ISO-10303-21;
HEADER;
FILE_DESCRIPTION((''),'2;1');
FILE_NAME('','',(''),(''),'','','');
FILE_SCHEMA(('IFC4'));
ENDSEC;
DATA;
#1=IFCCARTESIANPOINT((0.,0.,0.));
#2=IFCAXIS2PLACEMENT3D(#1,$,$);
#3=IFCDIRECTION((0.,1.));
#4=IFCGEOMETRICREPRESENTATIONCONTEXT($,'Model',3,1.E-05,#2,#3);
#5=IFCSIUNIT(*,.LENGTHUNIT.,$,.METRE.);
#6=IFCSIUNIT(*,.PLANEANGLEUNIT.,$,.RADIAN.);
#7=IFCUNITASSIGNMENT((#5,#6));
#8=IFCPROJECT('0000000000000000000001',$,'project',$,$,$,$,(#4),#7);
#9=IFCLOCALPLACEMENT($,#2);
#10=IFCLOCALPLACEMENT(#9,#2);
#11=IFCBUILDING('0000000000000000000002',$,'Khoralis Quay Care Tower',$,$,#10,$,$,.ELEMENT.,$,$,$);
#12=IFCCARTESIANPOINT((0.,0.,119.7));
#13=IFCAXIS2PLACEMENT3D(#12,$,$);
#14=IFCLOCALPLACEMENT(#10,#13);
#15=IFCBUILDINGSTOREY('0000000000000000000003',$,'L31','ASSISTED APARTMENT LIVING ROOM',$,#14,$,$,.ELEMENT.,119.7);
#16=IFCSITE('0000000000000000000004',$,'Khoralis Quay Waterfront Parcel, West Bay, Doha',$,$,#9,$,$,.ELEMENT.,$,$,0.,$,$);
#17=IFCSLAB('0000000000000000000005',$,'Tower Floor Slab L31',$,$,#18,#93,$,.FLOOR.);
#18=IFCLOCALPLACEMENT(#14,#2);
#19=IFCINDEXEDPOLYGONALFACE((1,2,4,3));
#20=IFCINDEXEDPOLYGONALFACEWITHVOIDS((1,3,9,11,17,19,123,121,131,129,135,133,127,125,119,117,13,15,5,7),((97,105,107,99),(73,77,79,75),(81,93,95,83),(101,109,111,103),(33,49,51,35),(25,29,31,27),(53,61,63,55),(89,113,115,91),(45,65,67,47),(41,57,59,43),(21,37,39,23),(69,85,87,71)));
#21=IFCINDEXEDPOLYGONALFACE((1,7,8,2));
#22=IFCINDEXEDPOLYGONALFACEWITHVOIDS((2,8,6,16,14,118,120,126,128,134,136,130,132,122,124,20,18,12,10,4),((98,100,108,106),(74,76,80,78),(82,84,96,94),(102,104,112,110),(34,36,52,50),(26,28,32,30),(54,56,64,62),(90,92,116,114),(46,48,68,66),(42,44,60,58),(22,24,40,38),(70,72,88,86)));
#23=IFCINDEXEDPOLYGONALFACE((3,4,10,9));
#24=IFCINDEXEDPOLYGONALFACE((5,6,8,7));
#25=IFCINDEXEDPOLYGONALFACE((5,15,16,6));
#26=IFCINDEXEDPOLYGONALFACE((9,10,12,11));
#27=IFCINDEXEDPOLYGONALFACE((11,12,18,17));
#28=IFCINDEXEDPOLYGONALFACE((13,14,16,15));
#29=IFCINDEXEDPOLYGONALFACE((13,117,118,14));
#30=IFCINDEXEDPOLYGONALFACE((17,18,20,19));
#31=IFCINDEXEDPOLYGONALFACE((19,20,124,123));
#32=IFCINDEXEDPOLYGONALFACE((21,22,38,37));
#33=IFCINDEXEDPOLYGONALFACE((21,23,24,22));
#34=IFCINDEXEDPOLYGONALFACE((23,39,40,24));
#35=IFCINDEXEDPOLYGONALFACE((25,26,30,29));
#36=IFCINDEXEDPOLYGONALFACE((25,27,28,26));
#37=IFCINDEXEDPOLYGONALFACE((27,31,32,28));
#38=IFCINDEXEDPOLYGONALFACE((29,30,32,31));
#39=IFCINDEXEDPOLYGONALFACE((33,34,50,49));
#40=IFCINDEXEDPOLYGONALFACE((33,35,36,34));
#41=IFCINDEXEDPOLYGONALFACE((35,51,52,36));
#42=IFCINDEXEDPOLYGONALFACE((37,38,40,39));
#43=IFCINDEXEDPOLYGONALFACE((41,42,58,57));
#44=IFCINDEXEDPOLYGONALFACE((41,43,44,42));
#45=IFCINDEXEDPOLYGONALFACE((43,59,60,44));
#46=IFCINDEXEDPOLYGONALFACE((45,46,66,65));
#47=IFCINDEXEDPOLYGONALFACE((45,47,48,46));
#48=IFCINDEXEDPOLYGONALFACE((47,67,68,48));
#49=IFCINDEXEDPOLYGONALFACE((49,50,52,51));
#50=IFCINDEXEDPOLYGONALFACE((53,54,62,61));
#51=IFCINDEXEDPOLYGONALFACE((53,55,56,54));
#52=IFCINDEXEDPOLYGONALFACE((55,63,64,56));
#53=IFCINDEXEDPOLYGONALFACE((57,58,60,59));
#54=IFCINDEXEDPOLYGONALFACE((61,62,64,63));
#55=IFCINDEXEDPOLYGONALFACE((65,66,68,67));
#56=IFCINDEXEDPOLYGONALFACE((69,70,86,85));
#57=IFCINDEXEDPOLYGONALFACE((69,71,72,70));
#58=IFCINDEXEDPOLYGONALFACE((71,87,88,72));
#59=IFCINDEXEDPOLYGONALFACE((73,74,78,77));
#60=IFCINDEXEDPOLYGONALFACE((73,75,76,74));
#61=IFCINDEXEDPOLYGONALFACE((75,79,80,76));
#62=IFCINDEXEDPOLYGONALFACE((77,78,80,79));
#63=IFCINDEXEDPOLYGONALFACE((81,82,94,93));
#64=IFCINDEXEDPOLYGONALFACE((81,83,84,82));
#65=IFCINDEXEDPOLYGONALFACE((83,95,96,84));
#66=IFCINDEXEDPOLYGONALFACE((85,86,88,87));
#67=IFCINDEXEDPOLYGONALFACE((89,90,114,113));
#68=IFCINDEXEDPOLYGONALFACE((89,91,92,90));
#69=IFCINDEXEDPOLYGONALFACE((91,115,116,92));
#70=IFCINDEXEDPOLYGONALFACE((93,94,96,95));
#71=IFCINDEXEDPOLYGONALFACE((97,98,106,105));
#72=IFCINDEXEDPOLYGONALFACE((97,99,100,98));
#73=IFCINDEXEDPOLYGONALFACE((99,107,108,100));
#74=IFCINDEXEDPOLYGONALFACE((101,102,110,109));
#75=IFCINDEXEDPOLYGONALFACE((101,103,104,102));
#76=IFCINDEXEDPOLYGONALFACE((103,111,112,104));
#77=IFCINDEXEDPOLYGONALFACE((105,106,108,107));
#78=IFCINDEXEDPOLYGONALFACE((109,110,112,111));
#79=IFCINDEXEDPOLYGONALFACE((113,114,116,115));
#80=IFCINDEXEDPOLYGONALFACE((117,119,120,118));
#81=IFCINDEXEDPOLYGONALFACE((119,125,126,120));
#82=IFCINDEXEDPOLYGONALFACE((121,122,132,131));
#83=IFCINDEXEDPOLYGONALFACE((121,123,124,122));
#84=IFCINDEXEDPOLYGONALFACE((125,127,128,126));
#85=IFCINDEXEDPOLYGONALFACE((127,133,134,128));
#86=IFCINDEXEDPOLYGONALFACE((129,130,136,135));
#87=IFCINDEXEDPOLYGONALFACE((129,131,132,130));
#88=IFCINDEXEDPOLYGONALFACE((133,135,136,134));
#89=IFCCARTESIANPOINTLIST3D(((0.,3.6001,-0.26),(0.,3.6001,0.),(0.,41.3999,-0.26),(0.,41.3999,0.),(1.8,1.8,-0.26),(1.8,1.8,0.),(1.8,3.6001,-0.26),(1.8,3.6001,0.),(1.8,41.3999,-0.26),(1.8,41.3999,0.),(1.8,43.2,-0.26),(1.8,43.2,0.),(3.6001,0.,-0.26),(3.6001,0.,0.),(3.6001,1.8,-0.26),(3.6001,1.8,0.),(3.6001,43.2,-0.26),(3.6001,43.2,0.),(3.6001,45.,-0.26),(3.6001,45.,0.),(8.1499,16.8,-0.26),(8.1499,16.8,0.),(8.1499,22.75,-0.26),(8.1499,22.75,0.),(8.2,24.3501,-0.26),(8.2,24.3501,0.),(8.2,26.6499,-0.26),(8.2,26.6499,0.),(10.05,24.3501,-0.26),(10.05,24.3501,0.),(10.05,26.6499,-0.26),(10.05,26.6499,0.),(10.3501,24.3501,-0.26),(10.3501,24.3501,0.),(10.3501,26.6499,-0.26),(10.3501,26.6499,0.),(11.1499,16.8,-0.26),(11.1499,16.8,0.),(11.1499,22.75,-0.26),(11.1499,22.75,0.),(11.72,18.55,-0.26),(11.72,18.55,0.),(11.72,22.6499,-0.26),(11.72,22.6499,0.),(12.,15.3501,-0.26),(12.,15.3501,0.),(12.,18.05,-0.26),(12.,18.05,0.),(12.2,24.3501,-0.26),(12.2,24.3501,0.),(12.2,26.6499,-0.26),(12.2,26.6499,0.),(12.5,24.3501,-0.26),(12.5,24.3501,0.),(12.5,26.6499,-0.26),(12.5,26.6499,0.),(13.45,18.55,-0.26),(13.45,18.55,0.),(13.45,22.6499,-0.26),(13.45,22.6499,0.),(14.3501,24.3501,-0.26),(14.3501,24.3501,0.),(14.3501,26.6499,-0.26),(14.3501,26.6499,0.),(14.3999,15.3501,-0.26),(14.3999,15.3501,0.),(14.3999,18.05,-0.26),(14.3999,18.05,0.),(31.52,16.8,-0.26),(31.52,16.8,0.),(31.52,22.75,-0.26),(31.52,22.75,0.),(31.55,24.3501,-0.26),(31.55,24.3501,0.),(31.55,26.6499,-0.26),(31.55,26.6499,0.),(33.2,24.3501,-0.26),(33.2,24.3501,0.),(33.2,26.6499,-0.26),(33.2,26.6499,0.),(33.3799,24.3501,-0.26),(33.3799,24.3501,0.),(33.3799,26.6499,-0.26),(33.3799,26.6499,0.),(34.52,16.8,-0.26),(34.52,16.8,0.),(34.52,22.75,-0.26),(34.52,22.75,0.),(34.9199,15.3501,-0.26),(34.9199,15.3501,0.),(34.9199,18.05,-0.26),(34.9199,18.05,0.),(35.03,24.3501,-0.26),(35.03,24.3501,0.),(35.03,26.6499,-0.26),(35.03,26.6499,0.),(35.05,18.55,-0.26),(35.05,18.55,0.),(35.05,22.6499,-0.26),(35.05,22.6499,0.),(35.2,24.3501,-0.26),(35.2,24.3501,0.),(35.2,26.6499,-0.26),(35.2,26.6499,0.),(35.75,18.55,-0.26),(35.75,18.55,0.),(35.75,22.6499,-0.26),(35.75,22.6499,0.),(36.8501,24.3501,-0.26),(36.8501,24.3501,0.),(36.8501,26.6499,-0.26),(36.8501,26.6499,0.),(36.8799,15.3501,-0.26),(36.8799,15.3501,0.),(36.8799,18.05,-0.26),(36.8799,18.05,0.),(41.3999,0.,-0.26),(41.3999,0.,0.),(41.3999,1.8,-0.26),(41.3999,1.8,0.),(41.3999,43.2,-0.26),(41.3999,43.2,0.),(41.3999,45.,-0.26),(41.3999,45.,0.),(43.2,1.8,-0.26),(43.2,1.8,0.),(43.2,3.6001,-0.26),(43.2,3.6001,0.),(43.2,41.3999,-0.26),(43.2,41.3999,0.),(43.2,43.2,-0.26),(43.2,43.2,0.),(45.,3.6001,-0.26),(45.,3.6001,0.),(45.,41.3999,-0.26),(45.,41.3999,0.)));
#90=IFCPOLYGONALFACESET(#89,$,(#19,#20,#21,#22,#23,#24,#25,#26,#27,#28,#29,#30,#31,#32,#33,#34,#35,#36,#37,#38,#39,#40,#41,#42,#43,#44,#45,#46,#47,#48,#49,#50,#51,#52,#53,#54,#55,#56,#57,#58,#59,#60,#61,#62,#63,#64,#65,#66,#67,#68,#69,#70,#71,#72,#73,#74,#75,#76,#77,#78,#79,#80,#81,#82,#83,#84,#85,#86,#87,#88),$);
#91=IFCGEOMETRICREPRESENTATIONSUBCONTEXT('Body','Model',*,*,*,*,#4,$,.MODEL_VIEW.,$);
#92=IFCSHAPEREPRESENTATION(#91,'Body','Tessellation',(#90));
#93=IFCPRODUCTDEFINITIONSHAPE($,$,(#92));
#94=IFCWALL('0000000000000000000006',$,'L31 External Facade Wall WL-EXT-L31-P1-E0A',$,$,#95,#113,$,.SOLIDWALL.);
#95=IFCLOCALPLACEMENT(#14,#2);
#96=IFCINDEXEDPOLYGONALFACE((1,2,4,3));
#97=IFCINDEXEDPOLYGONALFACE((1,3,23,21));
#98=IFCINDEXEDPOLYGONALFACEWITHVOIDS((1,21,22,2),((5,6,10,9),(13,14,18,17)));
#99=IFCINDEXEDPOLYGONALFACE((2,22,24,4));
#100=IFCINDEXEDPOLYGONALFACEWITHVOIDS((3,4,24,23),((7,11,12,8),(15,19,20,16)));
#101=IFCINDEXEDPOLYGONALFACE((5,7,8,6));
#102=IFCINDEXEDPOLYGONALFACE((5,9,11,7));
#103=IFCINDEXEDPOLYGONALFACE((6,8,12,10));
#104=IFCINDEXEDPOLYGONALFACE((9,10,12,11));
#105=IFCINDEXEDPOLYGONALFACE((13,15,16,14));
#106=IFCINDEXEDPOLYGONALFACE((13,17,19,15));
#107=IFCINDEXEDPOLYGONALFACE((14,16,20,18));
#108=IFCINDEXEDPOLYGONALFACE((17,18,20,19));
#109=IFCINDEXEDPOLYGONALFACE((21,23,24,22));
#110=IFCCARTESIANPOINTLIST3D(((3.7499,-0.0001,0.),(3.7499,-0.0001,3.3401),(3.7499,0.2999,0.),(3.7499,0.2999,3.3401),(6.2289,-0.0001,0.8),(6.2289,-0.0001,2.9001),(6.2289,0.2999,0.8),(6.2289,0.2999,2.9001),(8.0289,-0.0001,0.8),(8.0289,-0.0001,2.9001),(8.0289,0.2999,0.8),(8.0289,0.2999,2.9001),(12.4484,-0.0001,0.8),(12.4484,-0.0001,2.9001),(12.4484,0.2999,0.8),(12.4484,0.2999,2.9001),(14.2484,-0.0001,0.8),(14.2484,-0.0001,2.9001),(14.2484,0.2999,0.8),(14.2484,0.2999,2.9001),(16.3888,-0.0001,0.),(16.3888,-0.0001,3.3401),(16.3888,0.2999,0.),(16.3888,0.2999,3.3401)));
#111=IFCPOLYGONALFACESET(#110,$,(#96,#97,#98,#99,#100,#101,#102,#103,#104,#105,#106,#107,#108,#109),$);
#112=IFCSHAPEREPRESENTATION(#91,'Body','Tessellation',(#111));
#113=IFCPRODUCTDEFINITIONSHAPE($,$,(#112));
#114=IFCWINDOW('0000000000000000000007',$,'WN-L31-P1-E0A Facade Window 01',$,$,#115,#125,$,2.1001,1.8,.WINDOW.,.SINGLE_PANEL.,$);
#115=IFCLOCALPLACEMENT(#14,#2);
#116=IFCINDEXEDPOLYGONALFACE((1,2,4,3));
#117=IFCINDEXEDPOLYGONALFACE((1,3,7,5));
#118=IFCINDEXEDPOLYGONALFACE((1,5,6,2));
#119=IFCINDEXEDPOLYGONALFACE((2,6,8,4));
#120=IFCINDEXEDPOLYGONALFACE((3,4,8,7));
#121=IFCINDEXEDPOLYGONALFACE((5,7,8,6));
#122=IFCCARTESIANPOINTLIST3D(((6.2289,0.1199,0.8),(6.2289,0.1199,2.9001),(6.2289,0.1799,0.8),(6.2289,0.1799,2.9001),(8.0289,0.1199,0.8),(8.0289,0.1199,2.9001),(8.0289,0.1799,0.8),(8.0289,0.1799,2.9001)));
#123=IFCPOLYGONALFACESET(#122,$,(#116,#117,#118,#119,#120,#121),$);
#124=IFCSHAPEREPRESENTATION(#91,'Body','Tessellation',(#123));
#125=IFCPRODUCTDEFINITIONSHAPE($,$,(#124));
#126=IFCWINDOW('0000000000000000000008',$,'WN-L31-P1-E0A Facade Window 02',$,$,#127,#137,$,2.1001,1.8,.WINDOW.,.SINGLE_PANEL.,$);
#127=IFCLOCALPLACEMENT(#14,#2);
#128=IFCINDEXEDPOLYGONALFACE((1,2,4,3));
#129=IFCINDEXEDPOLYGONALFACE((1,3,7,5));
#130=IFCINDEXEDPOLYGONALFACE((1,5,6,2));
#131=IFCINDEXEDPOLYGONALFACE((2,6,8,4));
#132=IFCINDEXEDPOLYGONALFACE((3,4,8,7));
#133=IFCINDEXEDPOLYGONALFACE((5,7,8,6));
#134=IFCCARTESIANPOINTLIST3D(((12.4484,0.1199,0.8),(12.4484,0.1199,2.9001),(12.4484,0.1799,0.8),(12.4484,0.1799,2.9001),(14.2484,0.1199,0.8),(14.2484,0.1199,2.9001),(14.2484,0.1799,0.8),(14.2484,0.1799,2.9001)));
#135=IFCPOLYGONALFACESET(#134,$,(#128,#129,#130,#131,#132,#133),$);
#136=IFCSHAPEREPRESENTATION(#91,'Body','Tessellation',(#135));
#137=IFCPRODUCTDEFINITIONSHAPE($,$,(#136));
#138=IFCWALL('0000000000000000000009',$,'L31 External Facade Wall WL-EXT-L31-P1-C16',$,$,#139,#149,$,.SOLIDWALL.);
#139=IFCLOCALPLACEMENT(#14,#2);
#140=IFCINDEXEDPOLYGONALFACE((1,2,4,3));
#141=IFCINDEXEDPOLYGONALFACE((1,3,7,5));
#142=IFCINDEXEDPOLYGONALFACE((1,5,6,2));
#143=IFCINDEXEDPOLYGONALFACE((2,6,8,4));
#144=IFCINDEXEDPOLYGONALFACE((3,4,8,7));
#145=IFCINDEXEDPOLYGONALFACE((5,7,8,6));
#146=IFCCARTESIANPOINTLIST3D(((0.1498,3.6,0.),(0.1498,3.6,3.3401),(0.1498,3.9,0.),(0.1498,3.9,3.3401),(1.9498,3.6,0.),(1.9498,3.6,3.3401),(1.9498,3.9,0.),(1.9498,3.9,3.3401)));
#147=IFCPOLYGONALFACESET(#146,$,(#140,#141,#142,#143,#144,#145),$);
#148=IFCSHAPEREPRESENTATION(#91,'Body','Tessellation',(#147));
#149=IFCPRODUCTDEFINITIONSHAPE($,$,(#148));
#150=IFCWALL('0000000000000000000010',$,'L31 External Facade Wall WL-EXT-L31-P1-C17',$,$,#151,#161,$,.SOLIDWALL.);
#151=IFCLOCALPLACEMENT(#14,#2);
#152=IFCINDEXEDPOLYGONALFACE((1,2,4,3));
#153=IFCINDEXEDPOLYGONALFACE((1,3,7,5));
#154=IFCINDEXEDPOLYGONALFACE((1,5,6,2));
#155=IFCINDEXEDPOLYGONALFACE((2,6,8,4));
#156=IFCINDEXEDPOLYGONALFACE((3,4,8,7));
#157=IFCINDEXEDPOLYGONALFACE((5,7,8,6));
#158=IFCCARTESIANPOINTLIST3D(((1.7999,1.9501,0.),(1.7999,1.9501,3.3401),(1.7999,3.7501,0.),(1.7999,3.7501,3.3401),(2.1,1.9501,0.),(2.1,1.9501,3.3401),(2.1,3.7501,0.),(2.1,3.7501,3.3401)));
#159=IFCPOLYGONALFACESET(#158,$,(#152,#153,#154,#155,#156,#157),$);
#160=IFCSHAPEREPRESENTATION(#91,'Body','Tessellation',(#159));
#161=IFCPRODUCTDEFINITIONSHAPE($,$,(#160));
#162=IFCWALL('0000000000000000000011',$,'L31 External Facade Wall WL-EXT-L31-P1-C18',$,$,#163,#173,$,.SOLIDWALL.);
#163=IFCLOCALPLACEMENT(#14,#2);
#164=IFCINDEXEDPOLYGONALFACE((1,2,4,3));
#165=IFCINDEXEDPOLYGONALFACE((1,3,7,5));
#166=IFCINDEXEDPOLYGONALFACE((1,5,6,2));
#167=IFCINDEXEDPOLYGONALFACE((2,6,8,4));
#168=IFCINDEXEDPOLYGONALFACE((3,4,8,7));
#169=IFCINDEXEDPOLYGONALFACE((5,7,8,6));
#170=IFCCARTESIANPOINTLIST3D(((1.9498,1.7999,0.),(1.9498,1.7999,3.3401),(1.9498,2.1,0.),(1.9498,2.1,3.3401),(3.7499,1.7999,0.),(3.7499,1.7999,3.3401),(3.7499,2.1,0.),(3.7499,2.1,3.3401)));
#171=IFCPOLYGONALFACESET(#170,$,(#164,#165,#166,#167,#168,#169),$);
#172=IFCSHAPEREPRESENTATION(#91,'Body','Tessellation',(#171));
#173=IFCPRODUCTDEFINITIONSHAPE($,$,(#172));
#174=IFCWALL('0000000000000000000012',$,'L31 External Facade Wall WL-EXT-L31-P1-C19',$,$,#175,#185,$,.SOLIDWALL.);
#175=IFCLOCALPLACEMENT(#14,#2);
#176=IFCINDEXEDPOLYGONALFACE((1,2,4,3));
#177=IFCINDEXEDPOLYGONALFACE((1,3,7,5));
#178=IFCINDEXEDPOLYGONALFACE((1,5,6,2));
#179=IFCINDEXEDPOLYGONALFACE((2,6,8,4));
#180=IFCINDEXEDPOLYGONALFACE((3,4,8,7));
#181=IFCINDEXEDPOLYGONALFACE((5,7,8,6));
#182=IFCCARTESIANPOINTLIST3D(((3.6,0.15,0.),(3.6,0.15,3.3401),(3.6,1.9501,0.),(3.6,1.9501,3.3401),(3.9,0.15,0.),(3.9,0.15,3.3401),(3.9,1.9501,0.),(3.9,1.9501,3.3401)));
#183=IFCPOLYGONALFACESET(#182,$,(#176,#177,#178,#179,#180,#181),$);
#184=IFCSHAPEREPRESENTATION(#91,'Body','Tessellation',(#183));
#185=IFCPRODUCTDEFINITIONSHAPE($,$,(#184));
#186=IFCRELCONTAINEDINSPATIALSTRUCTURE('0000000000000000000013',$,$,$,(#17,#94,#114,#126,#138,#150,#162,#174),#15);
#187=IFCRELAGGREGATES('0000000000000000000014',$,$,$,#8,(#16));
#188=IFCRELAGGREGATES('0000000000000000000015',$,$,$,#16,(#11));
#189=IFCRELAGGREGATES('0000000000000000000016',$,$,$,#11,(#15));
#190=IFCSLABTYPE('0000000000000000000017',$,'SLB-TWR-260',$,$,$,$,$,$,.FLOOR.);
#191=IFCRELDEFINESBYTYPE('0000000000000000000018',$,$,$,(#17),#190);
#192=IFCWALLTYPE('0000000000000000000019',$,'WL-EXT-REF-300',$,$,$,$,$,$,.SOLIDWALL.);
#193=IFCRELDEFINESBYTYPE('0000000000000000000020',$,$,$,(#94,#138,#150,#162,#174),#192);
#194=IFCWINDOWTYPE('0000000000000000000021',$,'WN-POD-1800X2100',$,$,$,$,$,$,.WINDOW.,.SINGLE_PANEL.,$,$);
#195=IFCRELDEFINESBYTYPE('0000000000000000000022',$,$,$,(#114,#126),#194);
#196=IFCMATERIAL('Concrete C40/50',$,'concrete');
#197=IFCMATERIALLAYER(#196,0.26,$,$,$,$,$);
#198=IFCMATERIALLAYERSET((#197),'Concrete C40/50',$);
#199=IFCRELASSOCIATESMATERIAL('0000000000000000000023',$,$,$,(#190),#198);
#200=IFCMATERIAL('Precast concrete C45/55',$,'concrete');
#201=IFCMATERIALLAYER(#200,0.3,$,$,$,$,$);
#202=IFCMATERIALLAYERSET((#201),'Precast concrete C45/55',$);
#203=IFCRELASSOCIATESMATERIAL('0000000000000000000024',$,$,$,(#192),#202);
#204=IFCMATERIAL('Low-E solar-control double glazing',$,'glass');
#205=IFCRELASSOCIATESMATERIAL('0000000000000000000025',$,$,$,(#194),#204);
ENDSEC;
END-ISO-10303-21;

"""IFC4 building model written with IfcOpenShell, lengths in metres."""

from ifc_helpers import new_model, si_unit, direction, frame, frame_2d, origin, place, context, subcontext, project, spatial, polyline, rectangle, outline, extrude, source, transform, mapped, material, layer, layer_set, type_object, element, fill, save


model = new_model("IFC4")

# Units and contexts
model_context = context("Model", 3, precision=1e-05, world=origin(), true_north=direction((0.0, 1.0)))
body_context = subcontext(model_context, "Body", "Model", "MODEL_VIEW")
ifc_project = project(units=[si_unit("LENGTHUNIT", "METRE"), si_unit("PLANEANGLEUNIT", "RADIAN")], contexts=[model_context])

# Site, building, storey
site_placement = place(None, origin())
site = spatial("IfcSite", under=ifc_project, at=site_placement, Name="Khoralis Quay Waterfront Parcel, West Bay, Doha", CompositionType="ELEMENT", RefElevation=0.0)
building_placement = place(site_placement, origin())
building = spatial("IfcBuilding", under=site, at=building_placement, Name="Khoralis Quay Care Tower", CompositionType="ELEMENT")
storey_placement = place(building_placement, frame((0.0, 0.0, 119.7)))
storey = spatial("IfcBuildingStorey", under=building, at=storey_placement, Name="L31", Description="ASSISTED APARTMENT LIVING ROOM", CompositionType="ELEMENT", Elevation=119.7)

# Shared definitions
ifc_material_1 = material(Name="Precast concrete C45/55", Category="concrete")

# Slab
ifc_material_2 = material(Name="Concrete C40/50", Category="concrete")
ifc_layer_1 = layer(ifc_material_2, 0.26)
ifc_layer_set_1 = layer_set([ifc_layer_1], Name="Concrete C40/50")
slab_type_1 = type_object("IfcSlabType", Name="SLB-TWR-260", PredefinedType="FLOOR", material=ifc_layer_set_1)
slab_1_placement = place(storey_placement, frame((0.0, 0.0, -0.26)))
element("IfcSlab", 1, at=slab_1_placement, inside=storey, type_object=slab_type_1, Name="Tower Floor Slab L31", PredefinedType="FLOOR", context=body_context, shape_type="SweptSolid", body=[
    extrude(outline(polyline([(3.6001, 0.0), (41.3999, 0.0), (41.3999, 1.8), (43.2, 1.8), (43.2, 3.6001), (45.0, 3.6001), (45.0, 41.3999), (43.2, 41.3999), (43.2, 43.2), (41.3999, 43.2), (41.3999, 45.0), (3.6001, 45.0), (3.6001, 43.2), (1.8, 43.2), (1.8, 41.3999), (0.0, 41.3999), (0.0, 3.6001), (1.8, 3.6001), (1.8, 1.8), (3.6001, 1.8), (3.6001, 0.0)]), holes=[polyline([(11.1499, 16.8), (11.1499, 22.75), (8.1499, 22.75), (8.1499, 16.8), (11.1499, 16.8)]), polyline([(34.52, 16.8), (34.52, 22.75), (31.52, 22.75), (31.52, 16.8), (34.52, 16.8)]), polyline([(12.0, 15.3501), (14.3999, 15.3501), (14.3999, 18.05), (12.0, 18.05), (12.0, 15.3501)]), polyline([(34.9199, 15.3501), (36.8799, 15.3501), (36.8799, 18.05), (34.9199, 18.05), (34.9199, 15.3501)]), polyline([(8.2, 24.3501), (10.05, 24.3501), (10.05, 26.6499), (8.2, 26.6499), (8.2, 24.3501)]), polyline([(31.55, 24.3501), (33.2, 24.3501), (33.2, 26.6499), (31.55, 26.6499), (31.55, 24.3501)]), polyline([(10.3501, 24.3501), (12.2, 24.3501), (12.2, 26.6499), (10.3501, 26.6499), (10.3501, 24.3501)]), polyline([(33.3799, 24.3501), (35.03, 24.3501), (35.03, 26.6499), (33.3799, 26.6499), (33.3799, 24.3501)]), polyline([(12.5, 24.3501), (14.3501, 24.3501), (14.3501, 26.6499), (12.5, 26.6499), (12.5, 24.3501)]), polyline([(35.2, 24.3501), (36.8501, 24.3501), (36.8501, 26.6499), (35.2, 26.6499), (35.2, 24.3501)]), polyline([(11.72, 18.55), (13.45, 18.55), (13.45, 22.6499), (11.72, 22.6499), (11.72, 18.55)]), polyline([(35.05, 18.55), (35.75, 18.55), (35.75, 22.6499), (35.05, 22.6499), (35.05, 18.55)])]), origin(), (0.0, 0.0, 1.0), 0.26),
])

# Wall, openings, windows
ifc_layer_2 = layer(ifc_material_1, 0.3)
ifc_layer_set_2 = layer_set([ifc_layer_2], Name="Precast concrete C45/55")
wall_type_1 = type_object("IfcWallType", Name="WL-EXT-REF-300", PredefinedType="SOLIDWALL", material=ifc_layer_set_2)
wall_1_placement = place(storey_placement, frame((3.75, 0.1499, 0.0), z_axis=(0.0, 0.0, 1.0), x_axis=(1.0, 0.0, 0.0)))
wall_1 = element("IfcWall", 2, at=wall_1_placement, inside=storey, type_object=wall_type_1, Name="L31 External Facade Wall WL-EXT-L31-P1-E0A", PredefinedType="SOLIDWALL", context=body_context, shape_type="SweptSolid", body=[
    extrude(rectangle(XDim=12.6389, YDim=0.3, at=frame_2d((6.3193, 0.0))), origin(), (0.0, 0.0, 1.0), 3.3401),
])
opening_1_placement = place(wall_1_placement, frame((2.479, 0.0, 0.8)))
opening_1 = element("IfcOpeningElement", 3, at=opening_1_placement, cuts=wall_1, PredefinedType="OPENING", context=body_context, shape_type="SweptSolid", body=[
    extrude(rectangle(XDim=1.8, YDim=2.1001, at=frame_2d((0.8999, 1.05))), frame((0.0, 0.1602, 0.0), z_axis=(0.0, -1.0, 0.0), x_axis=(1.0, 0.0, 0.0)), (0.0, 0.0, 1.0), 0.3201),
])
opening_2_placement = place(wall_1_placement, frame((8.6985, 0.0, 0.8)))
opening_2 = element("IfcOpeningElement", 4, at=opening_2_placement, cuts=wall_1, PredefinedType="OPENING", context=body_context, shape_type="SweptSolid", body=[
    extrude(rectangle(XDim=1.8, YDim=2.1001, at=frame_2d((0.8999, 1.05))), frame((0.0, 0.1602, 0.0), z_axis=(0.0, -1.0, 0.0), x_axis=(1.0, 0.0, 0.0)), (0.0, 0.0, 1.0), 0.3201),
])
ifc_material_3 = material(Name="Low-E solar-control double glazing", Category="glass")
window_type = type_object("IfcWindowType", Name="WN-POD-1800X2100", PartitioningType="SINGLE_PANEL", PredefinedType="WINDOW", material=ifc_material_3)
shared_shape_1 = source(origin(), body_context, "Body", "SweptSolid", [
    extrude(rectangle(XDim=1.8, YDim=2.1001, at=frame_2d((0.8999, 1.05))), frame((0.0, 0.03, 0.0), z_axis=(0.0, -1.0, 0.0), x_axis=(1.0, 0.0, 0.0)), (0.0, 0.0, 1.0), 0.0601),
])
window_1_placement = place(opening_1_placement, origin())
window_1 = element("IfcWindow", 5, at=window_1_placement, inside=storey, type_object=window_type, Name="WN-L31-P1-E0A Facade Window 01", OverallHeight=2.1001, OverallWidth=1.8, PartitioningType="SINGLE_PANEL", PredefinedType="WINDOW", context=body_context, shape_type="MappedRepresentation", body=[
    mapped(shared_shape_1, transform((0.0, 0.0, 0.0), scale=1.0)),
])
fill(opening_1, window_1)
window_2_placement = place(opening_2_placement, origin())
window_2 = element("IfcWindow", 6, at=window_2_placement, inside=storey, type_object=window_type, Name="WN-L31-P1-E0A Facade Window 02", OverallHeight=2.1001, OverallWidth=1.8, PartitioningType="SINGLE_PANEL", PredefinedType="WINDOW", context=body_context, shape_type="MappedRepresentation", body=[
    mapped(shared_shape_1, transform((0.0, 0.0, 0.0), scale=1.0)),
])
fill(opening_2, window_2)

# Walls
for number, where, z_axis, x_axis, name in (
    (7, (0.1499, 3.75, 0.0), (0.0, 0.0, 1.0), (1.0, 0.0, 0.0), "L31 External Facade Wall WL-EXT-L31-P1-C16"),
    (8, (1.95, 3.75, 0.0), (0.0, 0.0, 1.0), (0.0, -1.0, 0.0), "L31 External Facade Wall WL-EXT-L31-P1-C17"),
    (9, (1.95, 1.95, 0.0), (0.0, 0.0, 1.0), (1.0, 0.0, 0.0), "L31 External Facade Wall WL-EXT-L31-P1-C18"),
    (10, (3.75, 1.95, 0.0), (0.0, 0.0, 1.0), (0.0, -1.0, 0.0), "L31 External Facade Wall WL-EXT-L31-P1-C19"),
):
    element("IfcWall", number, at=place(storey_placement, frame(where, z_axis=z_axis, x_axis=x_axis)), inside=storey, type_object=wall_type_1, Name=name, PredefinedType="SOLIDWALL", context=body_context, shape_type="SweptSolid", body=[
        extrude(rectangle(XDim=1.8, YDim=0.3, at=frame_2d((0.8999, 0.0))), origin(), (0.0, 0.0, 1.0), 3.3401),
    ])

save(model, "model.ifc")
